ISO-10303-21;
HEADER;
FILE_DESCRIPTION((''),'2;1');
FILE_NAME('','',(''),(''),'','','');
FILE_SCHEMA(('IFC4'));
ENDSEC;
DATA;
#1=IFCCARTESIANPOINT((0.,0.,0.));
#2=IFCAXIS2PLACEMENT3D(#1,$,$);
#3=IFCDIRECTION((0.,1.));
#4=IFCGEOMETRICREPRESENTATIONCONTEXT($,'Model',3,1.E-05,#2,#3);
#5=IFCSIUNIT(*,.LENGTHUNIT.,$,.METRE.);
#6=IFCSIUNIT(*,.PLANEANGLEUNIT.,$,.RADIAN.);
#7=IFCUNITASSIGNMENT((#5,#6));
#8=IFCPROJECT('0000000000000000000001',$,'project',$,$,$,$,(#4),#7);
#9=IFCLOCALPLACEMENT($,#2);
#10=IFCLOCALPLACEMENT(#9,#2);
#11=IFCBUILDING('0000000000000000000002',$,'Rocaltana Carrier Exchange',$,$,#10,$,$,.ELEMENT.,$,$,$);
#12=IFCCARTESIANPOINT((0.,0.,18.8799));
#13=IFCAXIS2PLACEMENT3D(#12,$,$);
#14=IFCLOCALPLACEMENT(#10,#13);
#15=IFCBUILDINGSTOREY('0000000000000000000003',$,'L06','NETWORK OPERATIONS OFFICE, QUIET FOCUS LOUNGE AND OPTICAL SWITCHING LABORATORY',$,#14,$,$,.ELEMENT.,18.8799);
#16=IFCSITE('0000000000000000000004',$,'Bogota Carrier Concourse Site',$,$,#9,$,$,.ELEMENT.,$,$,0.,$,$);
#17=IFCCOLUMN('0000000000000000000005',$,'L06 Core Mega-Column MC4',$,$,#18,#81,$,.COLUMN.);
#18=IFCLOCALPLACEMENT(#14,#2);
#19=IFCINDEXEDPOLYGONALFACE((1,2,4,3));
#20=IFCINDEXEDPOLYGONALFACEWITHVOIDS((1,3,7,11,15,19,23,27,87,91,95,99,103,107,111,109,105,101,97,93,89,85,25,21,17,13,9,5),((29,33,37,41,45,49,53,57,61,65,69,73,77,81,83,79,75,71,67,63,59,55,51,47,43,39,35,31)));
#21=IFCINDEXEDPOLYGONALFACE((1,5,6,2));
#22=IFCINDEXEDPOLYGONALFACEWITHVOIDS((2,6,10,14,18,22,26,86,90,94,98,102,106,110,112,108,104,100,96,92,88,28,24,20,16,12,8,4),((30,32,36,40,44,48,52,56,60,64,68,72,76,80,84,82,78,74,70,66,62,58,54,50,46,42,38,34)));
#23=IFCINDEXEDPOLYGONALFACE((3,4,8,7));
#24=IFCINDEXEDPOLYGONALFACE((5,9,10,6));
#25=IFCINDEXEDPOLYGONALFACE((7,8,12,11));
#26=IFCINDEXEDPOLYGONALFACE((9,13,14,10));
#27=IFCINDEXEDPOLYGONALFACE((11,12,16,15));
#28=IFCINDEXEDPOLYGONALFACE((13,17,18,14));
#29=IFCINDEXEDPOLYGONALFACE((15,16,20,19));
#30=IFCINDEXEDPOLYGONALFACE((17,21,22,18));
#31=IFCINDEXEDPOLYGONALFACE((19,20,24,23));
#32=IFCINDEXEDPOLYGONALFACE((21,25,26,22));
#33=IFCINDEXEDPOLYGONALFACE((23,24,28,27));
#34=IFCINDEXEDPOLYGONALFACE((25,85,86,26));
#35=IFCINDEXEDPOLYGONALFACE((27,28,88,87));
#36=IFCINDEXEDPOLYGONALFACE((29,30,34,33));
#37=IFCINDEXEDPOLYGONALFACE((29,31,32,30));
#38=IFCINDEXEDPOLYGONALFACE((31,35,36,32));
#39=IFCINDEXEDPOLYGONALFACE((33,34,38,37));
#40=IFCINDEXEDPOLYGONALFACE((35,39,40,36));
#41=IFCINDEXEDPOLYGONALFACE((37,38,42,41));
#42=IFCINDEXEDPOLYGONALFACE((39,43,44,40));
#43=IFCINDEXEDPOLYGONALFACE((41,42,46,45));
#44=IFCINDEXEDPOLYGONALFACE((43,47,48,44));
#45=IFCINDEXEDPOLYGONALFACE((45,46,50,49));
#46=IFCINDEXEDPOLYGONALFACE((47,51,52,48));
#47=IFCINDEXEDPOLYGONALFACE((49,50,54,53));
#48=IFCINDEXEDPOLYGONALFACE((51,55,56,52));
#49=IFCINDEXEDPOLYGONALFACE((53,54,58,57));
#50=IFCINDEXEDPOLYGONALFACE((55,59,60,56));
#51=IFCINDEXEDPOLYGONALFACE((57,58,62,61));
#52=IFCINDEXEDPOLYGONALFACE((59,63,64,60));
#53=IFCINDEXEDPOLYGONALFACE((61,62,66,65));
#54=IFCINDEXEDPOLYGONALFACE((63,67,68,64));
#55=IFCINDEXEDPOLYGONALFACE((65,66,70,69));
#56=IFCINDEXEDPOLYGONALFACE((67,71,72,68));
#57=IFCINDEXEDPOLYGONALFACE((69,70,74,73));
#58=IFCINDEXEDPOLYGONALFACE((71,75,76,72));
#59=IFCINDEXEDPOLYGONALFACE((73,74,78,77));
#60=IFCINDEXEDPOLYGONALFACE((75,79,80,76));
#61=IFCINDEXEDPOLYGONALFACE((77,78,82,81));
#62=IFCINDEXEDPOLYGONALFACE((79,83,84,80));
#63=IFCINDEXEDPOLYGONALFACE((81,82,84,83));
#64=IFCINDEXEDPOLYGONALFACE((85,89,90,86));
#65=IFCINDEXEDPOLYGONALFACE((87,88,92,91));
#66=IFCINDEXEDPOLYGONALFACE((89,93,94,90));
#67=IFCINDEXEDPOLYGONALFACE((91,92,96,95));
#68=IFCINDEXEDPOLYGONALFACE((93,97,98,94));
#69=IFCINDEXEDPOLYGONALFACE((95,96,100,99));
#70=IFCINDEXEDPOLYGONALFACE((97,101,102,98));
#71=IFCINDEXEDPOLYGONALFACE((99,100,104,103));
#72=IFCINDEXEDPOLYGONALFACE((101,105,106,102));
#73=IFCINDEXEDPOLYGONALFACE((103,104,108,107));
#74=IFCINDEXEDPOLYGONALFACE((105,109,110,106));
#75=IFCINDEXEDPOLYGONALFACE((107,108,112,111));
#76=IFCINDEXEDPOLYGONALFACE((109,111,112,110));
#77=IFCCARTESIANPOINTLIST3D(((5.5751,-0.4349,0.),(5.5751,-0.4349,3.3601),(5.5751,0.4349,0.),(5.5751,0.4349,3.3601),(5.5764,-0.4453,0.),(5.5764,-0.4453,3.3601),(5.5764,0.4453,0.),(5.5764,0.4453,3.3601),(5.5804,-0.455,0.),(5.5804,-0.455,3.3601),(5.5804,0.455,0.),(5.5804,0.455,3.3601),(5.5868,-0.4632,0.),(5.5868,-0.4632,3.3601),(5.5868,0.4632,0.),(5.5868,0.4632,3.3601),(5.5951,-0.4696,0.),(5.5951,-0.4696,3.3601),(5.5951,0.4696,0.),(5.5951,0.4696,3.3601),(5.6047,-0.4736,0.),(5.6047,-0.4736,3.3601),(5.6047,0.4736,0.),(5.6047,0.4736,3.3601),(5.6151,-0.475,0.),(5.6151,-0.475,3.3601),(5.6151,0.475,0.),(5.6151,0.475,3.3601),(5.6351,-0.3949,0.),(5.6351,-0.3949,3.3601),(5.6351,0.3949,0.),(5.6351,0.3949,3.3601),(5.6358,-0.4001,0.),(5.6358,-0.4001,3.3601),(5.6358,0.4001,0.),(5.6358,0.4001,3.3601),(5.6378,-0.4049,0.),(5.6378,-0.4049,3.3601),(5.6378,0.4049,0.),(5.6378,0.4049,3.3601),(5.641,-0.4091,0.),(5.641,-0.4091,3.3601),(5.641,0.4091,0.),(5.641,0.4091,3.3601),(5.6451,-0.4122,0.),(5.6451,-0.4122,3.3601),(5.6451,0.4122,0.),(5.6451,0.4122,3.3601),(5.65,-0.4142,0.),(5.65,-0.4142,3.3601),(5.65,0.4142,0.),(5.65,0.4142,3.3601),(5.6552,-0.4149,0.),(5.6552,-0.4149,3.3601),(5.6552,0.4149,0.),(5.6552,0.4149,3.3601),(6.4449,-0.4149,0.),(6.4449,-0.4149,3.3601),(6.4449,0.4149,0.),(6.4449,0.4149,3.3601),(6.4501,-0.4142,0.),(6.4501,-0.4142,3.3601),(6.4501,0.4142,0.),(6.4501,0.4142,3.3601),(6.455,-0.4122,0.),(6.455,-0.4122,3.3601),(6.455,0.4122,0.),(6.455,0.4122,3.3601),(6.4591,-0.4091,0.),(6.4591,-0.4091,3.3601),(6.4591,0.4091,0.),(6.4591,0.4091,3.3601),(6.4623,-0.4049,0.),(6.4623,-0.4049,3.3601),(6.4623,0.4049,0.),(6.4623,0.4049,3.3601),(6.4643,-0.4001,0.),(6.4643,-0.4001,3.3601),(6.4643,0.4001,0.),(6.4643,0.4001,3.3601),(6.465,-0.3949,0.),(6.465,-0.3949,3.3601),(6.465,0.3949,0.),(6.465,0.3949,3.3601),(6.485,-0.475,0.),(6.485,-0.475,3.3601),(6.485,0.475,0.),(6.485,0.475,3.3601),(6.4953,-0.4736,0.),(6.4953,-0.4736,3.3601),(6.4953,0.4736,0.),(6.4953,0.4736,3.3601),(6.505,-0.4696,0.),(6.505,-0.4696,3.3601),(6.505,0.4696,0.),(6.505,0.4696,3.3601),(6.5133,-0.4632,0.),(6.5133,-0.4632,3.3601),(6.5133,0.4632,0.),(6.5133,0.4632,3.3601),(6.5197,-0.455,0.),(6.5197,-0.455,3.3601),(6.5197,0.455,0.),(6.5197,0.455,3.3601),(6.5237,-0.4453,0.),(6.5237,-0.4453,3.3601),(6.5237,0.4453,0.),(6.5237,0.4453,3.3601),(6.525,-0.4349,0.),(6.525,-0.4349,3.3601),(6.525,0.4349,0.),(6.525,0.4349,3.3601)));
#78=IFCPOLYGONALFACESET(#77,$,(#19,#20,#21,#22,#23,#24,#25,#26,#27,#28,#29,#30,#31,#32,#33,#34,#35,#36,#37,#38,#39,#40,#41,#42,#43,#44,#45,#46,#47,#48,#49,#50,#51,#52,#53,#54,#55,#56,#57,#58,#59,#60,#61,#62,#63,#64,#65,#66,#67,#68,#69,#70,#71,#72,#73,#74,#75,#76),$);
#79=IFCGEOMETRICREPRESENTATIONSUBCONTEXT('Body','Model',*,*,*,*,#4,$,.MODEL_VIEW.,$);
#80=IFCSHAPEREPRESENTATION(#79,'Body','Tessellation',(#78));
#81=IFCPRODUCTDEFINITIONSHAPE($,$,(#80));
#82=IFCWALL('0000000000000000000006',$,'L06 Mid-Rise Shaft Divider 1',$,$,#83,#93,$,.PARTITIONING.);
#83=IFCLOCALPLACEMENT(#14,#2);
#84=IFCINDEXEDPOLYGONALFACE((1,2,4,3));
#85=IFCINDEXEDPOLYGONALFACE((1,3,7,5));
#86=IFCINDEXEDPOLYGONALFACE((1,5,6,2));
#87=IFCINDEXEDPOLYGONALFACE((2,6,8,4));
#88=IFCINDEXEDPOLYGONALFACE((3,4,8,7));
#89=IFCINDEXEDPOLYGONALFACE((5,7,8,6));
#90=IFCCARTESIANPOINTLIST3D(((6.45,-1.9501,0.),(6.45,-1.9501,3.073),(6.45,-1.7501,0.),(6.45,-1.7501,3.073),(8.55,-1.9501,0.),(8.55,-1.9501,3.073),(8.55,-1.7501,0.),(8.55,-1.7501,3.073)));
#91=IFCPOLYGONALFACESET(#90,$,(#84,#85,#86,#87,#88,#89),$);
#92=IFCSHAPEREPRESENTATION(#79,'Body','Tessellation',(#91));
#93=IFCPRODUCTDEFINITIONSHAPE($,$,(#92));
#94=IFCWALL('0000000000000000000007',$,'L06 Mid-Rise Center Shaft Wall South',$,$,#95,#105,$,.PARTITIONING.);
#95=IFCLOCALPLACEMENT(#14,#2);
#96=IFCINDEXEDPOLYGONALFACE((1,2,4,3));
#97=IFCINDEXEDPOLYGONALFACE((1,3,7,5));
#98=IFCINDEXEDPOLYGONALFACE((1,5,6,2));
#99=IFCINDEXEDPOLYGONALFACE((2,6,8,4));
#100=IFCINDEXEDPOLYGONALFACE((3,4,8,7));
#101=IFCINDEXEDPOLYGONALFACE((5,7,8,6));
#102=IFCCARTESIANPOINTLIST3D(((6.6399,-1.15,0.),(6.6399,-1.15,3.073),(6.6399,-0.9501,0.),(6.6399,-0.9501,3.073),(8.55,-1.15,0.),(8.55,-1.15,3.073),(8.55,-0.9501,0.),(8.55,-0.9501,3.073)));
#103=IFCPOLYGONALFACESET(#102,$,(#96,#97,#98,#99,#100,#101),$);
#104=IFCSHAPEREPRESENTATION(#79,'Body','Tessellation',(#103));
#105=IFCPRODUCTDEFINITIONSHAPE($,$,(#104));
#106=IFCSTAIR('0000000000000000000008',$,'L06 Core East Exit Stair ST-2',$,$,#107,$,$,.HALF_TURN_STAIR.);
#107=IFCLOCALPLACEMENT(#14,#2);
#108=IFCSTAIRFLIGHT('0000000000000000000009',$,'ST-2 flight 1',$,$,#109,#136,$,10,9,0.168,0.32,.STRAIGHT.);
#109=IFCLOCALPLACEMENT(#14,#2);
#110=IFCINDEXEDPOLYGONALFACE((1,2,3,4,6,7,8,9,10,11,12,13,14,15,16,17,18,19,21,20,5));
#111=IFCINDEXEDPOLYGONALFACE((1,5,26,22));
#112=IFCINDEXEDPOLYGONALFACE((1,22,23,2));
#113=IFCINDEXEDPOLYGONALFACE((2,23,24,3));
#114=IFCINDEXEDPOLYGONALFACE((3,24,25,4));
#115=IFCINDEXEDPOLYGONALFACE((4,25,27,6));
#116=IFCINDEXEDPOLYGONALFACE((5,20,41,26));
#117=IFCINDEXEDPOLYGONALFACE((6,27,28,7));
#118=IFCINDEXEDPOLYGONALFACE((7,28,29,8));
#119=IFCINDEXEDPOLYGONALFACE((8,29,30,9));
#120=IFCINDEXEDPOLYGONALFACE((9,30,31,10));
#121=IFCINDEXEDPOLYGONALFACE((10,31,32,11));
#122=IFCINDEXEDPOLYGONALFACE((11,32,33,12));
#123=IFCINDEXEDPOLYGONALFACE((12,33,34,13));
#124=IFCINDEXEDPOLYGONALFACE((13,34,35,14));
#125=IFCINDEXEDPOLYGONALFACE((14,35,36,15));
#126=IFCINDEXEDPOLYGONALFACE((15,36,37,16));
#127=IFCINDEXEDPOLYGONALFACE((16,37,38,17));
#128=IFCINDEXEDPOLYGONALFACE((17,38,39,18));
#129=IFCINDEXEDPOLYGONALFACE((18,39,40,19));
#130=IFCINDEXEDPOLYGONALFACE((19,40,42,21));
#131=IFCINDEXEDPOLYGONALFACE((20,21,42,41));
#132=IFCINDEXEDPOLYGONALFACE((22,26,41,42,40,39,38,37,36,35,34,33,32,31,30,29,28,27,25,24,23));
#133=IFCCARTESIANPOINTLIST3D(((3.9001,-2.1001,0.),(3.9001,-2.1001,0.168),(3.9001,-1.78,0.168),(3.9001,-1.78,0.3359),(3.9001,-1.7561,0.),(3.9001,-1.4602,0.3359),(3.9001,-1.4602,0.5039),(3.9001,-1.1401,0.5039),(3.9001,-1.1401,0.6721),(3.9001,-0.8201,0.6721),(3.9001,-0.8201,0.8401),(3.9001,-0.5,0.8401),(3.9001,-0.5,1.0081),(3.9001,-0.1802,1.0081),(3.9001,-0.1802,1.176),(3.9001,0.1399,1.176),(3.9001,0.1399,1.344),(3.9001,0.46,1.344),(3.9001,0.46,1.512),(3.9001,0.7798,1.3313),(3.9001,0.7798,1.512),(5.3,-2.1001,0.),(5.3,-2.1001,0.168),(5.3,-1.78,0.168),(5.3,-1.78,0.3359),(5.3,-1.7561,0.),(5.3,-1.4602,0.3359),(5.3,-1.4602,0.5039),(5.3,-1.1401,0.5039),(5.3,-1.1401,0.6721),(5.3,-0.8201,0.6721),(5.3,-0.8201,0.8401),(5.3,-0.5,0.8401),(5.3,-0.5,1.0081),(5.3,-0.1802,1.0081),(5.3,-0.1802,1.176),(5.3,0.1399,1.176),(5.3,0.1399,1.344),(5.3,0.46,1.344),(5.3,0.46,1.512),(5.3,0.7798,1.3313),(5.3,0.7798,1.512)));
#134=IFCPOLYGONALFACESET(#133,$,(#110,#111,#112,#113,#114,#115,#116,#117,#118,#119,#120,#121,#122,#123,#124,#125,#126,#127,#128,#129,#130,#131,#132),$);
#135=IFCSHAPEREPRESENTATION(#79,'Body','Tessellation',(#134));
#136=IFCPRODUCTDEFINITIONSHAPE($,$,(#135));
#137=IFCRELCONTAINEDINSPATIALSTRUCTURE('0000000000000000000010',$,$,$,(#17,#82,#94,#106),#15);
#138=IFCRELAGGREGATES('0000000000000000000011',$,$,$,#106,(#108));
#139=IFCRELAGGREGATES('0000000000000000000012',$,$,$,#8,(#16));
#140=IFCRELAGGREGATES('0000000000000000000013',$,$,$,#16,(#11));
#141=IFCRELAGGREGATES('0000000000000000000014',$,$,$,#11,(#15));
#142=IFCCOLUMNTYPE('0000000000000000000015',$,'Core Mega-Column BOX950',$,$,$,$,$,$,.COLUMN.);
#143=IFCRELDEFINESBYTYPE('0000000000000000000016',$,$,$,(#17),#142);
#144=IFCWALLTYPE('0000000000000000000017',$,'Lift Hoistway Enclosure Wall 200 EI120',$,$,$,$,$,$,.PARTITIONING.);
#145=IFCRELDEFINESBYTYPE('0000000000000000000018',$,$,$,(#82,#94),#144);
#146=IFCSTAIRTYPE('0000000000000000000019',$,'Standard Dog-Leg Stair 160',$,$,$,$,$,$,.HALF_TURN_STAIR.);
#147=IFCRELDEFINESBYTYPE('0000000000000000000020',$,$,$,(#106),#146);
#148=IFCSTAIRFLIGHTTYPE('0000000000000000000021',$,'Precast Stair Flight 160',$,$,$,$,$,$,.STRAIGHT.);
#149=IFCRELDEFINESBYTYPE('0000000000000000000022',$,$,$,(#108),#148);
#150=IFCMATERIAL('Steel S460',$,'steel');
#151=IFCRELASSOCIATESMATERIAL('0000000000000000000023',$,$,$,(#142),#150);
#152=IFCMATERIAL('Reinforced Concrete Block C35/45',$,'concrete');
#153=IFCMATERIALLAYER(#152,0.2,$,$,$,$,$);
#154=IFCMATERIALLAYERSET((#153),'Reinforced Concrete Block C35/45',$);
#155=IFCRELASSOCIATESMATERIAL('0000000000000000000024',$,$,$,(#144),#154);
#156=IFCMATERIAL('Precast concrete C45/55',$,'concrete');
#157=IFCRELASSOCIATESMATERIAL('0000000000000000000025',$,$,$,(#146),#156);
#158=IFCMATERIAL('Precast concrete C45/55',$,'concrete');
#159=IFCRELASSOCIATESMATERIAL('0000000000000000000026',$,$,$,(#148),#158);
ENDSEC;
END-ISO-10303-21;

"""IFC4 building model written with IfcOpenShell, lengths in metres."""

from ifc_helpers import new_model, si_unit, direction, frame, frame_2d, origin, origin_2d, place, context, subcontext, project, spatial, polyline, rectangle, hollow_rectangle, outline, extrude, material, layer, layer_set, material_profile, profile_set, type_object, element, aggregate, save


model = new_model("IFC4")

# Units and contexts
model_context = context("Model", 3, precision=1e-05, world=origin(), true_north=direction((0.0, 1.0)))
body_context = subcontext(model_context, "Body", "Model", "MODEL_VIEW")
ifc_project = project(units=[si_unit("LENGTHUNIT", "METRE"), si_unit("PLANEANGLEUNIT", "RADIAN")], contexts=[model_context])

# Site, building, storey
site_placement = place(None, origin())
site = spatial("IfcSite", under=ifc_project, at=site_placement, Name="Bogota Carrier Concourse Site", CompositionType="ELEMENT", RefElevation=0.0)
building_placement = place(site_placement, origin())
building = spatial("IfcBuilding", under=site, at=building_placement, Name="Rocaltana Carrier Exchange", CompositionType="ELEMENT")
storey_placement = place(building_placement, frame((0.0, 0.0, 18.8799)))
storey = spatial("IfcBuildingStorey", under=building, at=storey_placement, Name="L06", Description="NETWORK OPERATIONS OFFICE, QUIET FOCUS LOUNGE AND OPTICAL SWITCHING LABORATORY", CompositionType="ELEMENT", Elevation=18.8799)

# Column
ifc_material_1 = material(Name="Steel S460", Category="steel")
ifc_material_profile = material_profile(ifc_material_1, hollow_rectangle(XDim=0.95, YDim=0.95, WallThickness=0.0601, InnerFilletRadius=0.02, OuterFilletRadius=0.04, at=origin_2d()), Name="BOX950X950X60")
ifc_profile_set = profile_set([ifc_material_profile], Name="Steel S460")
column_type = type_object("IfcColumnType", Name="Core Mega-Column BOX950", PredefinedType="COLUMN", material=ifc_profile_set)
column_placement = place(storey_placement, frame((6.05, 0.0, 0.0), z_axis=(0.0, 0.0, 1.0), x_axis=(1.0, 0.0, 0.0)))
element("IfcColumn", 1, at=column_placement, inside=storey, type_object=column_type, Name="L06 Core Mega-Column MC4", PredefinedType="COLUMN", context=body_context, shape_type="SweptSolid", body=[
    extrude(hollow_rectangle(XDim=0.95, YDim=0.95, WallThickness=0.0601, InnerFilletRadius=0.02, OuterFilletRadius=0.04, at=origin_2d()), origin(), (0.0, 0.0, 1.0), 3.3601),
])

# Walls
ifc_material_2 = material(Name="Reinforced Concrete Block C35/45", Category="concrete")
ifc_layer_1 = layer(ifc_material_2, 0.2)
ifc_layer_set_1 = layer_set([ifc_layer_1], Name="Reinforced Concrete Block C35/45")
wall_type = type_object("IfcWallType", Name="Lift Hoistway Enclosure Wall 200 EI120", PredefinedType="PARTITIONING", material=ifc_layer_set_1)
wall_1_placement = place(storey_placement, frame((6.45, -1.8501, 0.0), z_axis=(0.0, 0.0, 1.0), x_axis=(1.0, 0.0, 0.0)))
element("IfcWall", 2, at=wall_1_placement, inside=storey, type_object=wall_type, Name="L06 Mid-Rise Shaft Divider 1", PredefinedType="PARTITIONING", context=body_context, shape_type="SweptSolid", body=[
    extrude(rectangle(XDim=2.1001, YDim=0.2, at=frame_2d((1.05, 0.0))), origin(), (0.0, 0.0, 1.0), 3.073),
])
wall_2_placement = place(storey_placement, frame((6.6399, -1.05, 0.0), z_axis=(0.0, 0.0, 1.0), x_axis=(1.0, 0.0, 0.0)))
element("IfcWall", 3, at=wall_2_placement, inside=storey, type_object=wall_type, Name="L06 Mid-Rise Center Shaft Wall South", PredefinedType="PARTITIONING", context=body_context, shape_type="SweptSolid", body=[
    extrude(rectangle(XDim=1.9102, YDim=0.2, at=frame_2d((0.9551, 0.0))), origin(), (0.0, 0.0, 1.0), 3.073),
])

# Stair, stair flight
ifc_material_3 = material(Name="Precast concrete C45/55", Category="concrete")
stair_type = type_object("IfcStairType", Name="Standard Dog-Leg Stair 160", PredefinedType="HALF_TURN_STAIR", material=ifc_material_3)
stair_placement = place(storey_placement, origin())
stair = element("IfcStair", 4, at=stair_placement, inside=storey, type_object=stair_type, Name="L06 Core East Exit Stair ST-2", PredefinedType="HALF_TURN_STAIR")
ifc_material_4 = material(Name="Precast concrete C45/55", Category="concrete")
stair_flight_type = type_object("IfcStairFlightType", Name="Precast Stair Flight 160", PredefinedType="STRAIGHT", material=ifc_material_4)
stair_flight_placement = place(storey_placement, frame((4.6001, -2.1001, 0.0), z_axis=(0.0, 0.0, 1.0), x_axis=(0.0, 1.0, 0.0)))
stair_flight = element("IfcStairFlight", 5, at=stair_flight_placement, type_object=stair_flight_type, Name="ST-2 flight 1", NumberOfRisers=10, NumberOfTreads=9, PredefinedType="STRAIGHT", RiserHeight=0.168, TreadLength=0.32, context=body_context, shape_type="SweptSolid", body=[
    extrude(outline(polyline([(0.0, 0.0), (0.0, 0.168), (0.3201, 0.168), (0.3201, 0.3359), (0.6399, 0.3359), (0.6399, 0.5039), (0.96, 0.5039), (0.96, 0.6721), (1.28, 0.6721), (1.28, 0.8401), (1.6001, 0.8401), (1.6001, 1.0081), (1.9199, 1.0081), (1.9199, 1.176), (2.24, 1.176), (2.24, 1.344), (2.5601, 1.344), (2.5601, 1.512), (2.8799, 1.512), (2.8799, 1.6799), (2.8799, 1.3313), (0.344, 0.0), (0.0, 0.0)])), frame((0.0, 0.7, 0.0), z_axis=(0.0, -1.0, 0.0), x_axis=(1.0, 0.0, 0.0)), (0.0, 0.0, 1.0), 1.3999),
])
aggregate(stair, [stair_flight])

save(model, "model.ifc")
